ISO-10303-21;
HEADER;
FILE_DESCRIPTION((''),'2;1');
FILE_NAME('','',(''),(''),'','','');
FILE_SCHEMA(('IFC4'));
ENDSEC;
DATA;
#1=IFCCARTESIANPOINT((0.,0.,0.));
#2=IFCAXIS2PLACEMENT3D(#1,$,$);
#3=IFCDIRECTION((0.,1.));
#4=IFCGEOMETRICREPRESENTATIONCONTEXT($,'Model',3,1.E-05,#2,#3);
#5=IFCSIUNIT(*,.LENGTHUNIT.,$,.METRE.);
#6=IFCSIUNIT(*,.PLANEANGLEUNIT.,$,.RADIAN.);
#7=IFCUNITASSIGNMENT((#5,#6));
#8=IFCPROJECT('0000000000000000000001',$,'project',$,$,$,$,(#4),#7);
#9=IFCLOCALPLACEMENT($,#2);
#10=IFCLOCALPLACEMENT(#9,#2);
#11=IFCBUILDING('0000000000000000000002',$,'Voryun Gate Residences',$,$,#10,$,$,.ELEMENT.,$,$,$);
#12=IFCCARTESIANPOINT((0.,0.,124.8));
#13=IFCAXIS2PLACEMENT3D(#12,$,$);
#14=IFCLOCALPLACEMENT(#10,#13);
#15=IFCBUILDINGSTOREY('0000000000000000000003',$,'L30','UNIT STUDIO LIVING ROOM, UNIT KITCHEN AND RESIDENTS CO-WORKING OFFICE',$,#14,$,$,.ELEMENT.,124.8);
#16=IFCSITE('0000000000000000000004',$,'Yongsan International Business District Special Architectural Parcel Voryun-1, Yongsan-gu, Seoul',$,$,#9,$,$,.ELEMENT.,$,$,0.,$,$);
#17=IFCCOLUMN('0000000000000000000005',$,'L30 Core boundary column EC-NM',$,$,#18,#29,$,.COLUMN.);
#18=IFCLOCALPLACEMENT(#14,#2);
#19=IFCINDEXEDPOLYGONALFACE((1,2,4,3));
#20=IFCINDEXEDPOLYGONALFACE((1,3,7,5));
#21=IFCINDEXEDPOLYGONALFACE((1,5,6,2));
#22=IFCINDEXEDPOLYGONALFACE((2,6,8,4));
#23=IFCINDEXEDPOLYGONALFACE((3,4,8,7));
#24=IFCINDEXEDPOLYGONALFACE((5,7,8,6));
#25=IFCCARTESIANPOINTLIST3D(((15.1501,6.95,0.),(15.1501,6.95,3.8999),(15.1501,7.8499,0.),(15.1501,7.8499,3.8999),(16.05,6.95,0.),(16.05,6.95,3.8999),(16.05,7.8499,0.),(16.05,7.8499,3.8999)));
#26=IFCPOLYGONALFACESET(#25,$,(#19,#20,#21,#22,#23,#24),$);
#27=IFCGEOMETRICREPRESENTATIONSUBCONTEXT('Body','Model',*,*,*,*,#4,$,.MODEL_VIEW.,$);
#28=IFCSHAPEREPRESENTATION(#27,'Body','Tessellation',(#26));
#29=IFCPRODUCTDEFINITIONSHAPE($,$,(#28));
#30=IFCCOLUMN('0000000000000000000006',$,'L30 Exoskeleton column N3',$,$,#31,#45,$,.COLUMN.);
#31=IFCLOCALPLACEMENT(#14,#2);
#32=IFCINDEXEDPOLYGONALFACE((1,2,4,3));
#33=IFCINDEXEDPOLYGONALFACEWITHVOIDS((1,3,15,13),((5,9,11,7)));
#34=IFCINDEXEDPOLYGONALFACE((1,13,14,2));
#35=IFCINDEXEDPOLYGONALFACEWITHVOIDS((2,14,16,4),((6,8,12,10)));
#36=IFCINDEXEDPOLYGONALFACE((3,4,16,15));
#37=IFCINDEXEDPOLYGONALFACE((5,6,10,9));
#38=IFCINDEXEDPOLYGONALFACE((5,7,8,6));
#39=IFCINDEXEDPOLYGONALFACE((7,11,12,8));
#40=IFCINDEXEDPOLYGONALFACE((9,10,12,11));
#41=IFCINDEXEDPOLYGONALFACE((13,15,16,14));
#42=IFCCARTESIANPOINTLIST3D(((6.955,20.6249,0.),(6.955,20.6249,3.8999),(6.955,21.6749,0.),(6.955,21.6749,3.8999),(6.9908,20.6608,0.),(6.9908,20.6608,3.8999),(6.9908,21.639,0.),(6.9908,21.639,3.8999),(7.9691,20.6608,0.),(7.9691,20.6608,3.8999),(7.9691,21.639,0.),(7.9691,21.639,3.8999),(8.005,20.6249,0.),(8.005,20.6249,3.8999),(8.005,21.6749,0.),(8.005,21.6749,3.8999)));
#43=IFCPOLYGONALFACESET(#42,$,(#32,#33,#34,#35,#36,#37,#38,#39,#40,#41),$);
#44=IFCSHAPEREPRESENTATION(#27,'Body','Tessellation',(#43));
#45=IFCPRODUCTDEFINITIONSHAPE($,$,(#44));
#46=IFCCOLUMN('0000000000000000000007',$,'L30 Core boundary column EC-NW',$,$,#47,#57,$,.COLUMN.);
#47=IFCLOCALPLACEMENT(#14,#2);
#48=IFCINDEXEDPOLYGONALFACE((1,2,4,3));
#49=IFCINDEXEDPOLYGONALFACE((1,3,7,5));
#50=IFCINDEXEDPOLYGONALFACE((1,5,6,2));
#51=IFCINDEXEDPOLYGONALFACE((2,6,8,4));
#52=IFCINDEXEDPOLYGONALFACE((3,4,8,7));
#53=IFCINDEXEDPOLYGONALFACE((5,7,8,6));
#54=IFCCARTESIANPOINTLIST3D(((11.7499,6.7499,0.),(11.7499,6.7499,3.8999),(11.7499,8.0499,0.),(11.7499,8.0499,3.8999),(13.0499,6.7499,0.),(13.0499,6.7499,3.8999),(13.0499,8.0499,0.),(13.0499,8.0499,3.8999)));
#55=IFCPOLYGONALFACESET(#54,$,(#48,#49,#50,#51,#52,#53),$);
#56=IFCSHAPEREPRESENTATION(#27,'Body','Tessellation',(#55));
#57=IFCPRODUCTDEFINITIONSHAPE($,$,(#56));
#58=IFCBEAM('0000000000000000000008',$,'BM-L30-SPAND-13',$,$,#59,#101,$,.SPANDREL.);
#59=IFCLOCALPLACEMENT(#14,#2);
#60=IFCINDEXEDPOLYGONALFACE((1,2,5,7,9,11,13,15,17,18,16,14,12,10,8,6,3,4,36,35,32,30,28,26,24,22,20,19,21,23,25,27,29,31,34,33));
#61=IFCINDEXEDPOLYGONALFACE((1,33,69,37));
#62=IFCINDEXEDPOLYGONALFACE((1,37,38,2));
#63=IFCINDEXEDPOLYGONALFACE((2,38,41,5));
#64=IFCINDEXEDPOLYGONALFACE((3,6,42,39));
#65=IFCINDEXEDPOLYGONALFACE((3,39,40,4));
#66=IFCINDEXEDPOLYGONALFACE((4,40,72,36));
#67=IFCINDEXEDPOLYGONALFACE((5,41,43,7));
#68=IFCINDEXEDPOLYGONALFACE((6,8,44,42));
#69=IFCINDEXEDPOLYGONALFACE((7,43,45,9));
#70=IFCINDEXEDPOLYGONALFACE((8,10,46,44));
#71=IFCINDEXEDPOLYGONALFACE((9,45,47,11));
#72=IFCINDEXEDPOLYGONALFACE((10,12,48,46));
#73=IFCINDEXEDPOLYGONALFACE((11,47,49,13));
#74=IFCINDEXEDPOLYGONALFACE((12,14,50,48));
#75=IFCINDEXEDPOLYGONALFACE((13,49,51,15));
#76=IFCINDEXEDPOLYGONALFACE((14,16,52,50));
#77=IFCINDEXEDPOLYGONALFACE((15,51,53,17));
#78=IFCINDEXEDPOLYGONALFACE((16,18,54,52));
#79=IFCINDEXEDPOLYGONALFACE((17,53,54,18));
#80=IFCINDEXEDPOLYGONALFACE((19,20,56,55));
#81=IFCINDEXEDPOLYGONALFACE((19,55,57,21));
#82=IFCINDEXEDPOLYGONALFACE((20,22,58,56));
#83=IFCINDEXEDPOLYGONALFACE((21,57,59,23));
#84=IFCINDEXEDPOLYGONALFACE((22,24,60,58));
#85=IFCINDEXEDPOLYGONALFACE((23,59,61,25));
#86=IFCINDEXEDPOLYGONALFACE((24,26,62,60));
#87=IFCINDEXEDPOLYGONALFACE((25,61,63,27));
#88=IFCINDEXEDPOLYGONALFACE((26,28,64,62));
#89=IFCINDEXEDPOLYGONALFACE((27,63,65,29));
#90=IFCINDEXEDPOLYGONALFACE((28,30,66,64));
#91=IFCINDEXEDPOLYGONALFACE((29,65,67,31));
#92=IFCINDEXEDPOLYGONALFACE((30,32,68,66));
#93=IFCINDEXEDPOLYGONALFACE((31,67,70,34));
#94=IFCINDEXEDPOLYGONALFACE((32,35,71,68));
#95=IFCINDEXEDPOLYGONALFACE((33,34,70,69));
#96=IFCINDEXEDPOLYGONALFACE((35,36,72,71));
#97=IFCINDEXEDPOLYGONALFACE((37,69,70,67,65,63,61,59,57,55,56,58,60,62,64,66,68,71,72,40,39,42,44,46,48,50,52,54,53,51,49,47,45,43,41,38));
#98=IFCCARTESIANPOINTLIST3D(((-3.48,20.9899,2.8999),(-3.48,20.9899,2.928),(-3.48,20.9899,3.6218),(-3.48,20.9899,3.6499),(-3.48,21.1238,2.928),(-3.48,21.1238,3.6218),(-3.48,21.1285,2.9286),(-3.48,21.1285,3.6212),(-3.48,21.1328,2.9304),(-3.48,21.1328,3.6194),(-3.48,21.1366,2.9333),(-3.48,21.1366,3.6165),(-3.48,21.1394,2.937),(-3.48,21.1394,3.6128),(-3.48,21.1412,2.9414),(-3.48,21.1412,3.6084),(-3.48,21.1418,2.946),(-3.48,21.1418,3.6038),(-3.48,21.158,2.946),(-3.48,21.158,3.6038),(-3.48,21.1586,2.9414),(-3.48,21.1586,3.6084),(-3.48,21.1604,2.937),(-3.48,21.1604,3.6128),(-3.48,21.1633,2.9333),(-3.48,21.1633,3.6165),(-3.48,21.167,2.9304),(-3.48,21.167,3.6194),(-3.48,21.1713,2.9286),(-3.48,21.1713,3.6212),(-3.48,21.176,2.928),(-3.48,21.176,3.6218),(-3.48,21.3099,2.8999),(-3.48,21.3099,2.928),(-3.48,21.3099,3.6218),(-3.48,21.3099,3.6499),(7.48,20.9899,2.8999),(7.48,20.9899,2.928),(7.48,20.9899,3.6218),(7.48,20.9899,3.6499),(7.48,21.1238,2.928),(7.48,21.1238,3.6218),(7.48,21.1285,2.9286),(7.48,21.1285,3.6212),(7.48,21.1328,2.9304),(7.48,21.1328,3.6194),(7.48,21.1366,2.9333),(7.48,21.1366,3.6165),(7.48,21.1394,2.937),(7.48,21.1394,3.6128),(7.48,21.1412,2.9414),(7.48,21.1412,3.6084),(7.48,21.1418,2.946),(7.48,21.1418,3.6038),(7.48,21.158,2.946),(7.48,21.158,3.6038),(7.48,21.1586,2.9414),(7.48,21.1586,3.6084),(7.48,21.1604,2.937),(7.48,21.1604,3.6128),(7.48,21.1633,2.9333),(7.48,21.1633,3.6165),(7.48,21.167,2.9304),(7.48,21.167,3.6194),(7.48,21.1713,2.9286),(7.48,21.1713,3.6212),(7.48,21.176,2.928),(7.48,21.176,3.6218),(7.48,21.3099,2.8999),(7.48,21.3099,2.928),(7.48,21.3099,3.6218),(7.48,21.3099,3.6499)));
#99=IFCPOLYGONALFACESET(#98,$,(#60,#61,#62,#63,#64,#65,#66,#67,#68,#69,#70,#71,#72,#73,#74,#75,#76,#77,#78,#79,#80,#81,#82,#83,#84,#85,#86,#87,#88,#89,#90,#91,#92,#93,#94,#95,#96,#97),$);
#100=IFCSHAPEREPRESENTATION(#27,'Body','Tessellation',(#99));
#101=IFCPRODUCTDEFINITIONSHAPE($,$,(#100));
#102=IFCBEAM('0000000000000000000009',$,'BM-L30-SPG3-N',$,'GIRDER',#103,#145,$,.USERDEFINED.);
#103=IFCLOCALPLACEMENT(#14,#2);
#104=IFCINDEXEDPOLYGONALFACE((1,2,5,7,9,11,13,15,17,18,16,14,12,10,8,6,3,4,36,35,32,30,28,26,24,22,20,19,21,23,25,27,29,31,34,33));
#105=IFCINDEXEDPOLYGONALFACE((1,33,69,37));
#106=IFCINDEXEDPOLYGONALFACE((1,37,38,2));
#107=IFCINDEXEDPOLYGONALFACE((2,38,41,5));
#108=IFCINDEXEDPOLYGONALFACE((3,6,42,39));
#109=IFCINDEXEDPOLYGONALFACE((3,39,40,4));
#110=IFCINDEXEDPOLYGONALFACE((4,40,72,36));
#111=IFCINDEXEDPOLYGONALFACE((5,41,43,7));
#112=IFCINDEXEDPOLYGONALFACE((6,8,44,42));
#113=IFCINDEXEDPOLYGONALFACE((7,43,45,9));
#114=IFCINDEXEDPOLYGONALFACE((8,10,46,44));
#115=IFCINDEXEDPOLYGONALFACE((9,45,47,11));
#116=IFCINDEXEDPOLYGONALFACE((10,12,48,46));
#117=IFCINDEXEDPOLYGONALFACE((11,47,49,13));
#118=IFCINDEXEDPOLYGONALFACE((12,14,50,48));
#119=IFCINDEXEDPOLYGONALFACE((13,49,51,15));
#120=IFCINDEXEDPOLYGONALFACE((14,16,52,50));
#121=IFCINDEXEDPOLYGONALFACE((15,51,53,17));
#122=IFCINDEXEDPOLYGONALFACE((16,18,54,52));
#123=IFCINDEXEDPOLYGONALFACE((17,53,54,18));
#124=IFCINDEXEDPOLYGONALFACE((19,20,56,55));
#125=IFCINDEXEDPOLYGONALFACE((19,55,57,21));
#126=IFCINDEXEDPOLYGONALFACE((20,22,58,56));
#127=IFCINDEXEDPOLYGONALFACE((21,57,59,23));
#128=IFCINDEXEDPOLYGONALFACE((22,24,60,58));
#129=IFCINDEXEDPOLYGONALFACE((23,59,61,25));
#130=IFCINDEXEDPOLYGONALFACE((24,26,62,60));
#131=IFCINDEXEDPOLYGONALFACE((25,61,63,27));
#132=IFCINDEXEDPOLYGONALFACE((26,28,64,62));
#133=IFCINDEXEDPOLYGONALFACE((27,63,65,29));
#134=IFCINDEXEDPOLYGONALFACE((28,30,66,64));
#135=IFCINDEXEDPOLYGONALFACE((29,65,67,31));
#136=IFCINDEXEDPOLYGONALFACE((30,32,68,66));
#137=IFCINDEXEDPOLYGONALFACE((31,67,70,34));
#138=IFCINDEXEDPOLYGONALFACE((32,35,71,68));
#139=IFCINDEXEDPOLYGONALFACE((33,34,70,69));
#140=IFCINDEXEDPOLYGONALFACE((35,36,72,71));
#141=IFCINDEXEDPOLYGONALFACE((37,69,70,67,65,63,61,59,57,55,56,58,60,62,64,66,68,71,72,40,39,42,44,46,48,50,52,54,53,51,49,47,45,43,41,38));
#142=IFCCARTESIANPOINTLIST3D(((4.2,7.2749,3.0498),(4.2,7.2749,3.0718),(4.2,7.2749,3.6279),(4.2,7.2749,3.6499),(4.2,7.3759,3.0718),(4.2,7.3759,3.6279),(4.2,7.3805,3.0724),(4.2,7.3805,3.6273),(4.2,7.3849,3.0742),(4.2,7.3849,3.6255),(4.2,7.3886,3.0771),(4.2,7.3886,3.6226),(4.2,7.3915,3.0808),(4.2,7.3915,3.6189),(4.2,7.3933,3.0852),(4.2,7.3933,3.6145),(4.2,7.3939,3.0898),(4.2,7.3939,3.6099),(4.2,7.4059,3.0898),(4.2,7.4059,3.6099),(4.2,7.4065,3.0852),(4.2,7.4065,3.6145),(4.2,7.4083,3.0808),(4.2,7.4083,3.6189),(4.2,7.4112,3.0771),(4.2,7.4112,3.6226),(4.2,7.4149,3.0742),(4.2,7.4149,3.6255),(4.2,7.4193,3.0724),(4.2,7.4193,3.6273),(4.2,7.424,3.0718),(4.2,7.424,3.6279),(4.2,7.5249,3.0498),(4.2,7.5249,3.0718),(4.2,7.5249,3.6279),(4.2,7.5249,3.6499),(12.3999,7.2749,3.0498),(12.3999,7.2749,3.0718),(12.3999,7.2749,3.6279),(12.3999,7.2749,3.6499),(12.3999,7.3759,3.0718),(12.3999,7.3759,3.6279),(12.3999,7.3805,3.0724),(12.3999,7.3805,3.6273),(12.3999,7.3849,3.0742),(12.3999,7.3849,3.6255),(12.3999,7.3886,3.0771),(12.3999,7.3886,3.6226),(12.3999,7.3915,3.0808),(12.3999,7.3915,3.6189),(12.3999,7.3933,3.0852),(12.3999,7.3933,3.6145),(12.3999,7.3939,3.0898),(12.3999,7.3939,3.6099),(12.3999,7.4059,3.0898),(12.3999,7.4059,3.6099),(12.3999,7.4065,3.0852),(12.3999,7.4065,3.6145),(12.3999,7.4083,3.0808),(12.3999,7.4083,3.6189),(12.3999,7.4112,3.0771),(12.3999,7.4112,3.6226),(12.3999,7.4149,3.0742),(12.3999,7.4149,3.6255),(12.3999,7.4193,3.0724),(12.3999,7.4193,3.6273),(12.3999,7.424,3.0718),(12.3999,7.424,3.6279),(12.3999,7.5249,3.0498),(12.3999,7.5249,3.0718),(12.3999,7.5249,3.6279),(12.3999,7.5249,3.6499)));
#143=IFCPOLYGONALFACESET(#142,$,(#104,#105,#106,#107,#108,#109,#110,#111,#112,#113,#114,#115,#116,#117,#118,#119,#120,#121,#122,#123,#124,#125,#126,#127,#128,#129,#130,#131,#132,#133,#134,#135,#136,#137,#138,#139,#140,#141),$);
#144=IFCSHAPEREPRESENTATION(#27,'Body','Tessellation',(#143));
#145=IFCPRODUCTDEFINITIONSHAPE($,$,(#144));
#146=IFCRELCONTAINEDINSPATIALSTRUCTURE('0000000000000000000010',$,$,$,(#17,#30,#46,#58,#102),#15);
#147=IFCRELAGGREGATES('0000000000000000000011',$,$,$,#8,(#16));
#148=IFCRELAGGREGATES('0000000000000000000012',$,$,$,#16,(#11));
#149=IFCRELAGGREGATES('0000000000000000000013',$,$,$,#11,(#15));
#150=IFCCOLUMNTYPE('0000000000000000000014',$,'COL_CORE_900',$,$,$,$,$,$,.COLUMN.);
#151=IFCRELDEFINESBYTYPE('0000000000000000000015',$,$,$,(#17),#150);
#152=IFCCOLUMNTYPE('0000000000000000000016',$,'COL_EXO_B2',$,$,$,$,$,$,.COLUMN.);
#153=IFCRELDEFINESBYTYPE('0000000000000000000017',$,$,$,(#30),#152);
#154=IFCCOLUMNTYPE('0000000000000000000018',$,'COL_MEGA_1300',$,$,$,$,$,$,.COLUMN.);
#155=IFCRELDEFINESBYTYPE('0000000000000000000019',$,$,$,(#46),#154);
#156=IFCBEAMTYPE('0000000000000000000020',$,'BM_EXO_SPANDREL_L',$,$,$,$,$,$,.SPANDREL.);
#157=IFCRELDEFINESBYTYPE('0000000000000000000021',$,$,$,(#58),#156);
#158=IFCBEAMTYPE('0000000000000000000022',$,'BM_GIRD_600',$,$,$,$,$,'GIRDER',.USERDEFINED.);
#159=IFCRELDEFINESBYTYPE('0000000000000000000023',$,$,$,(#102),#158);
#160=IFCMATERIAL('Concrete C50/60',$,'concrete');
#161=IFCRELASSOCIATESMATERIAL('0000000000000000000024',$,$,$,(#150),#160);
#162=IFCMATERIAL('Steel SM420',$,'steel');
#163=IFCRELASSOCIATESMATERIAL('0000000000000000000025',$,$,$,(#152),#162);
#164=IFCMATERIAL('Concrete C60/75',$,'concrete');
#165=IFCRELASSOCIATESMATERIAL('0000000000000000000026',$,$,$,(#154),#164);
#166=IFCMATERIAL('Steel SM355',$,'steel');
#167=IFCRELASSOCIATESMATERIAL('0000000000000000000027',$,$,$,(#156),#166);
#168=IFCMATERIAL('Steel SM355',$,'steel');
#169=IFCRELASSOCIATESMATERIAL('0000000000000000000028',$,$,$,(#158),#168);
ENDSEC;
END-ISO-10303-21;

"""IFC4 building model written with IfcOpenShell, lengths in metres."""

from ifc_helpers import new_model, si_unit, direction, frame, origin, origin_2d, place, context, subcontext, project, spatial, rectangle, hollow_rectangle, i_section, extrude, material, material_profile, profile_set, type_object, element, save


model = new_model("IFC4")

# Units and contexts
model_context = context("Model", 3, precision=1e-05, world=origin(), true_north=direction((0.0, 1.0)))
body_context = subcontext(model_context, "Body", "Model", "MODEL_VIEW")
ifc_project = project(units=[si_unit("LENGTHUNIT", "METRE"), si_unit("PLANEANGLEUNIT", "RADIAN")], contexts=[model_context])

# Site, building, storey
site_placement = place(None, origin())
site = spatial("IfcSite", under=ifc_project, at=site_placement, Name="Yongsan International Business District Special Architectural Parcel Voryun-1, Yongsan-gu, Seoul", CompositionType="ELEMENT", RefElevation=0.0)
building_placement = place(site_placement, origin())
building = spatial("IfcBuilding", under=site, at=building_placement, Name="Voryun Gate Residences", CompositionType="ELEMENT")
storey_placement = place(building_placement, frame((0.0, 0.0, 124.8)))
storey = spatial("IfcBuildingStorey", under=building, at=storey_placement, Name="L30", Description="UNIT STUDIO LIVING ROOM, UNIT KITCHEN AND RESIDENTS CO-WORKING OFFICE", CompositionType="ELEMENT", Elevation=124.8)

# Columns
ifc_material_1 = material(Name="Concrete C50/60", Category="concrete")
ifc_material_profile_1 = material_profile(ifc_material_1, rectangle(XDim=0.8999, YDim=0.8999, at=origin_2d()), Name="RC-900x900")
ifc_profile_set_1 = profile_set([ifc_material_profile_1], Name="Concrete C50/60")
column_type_1 = type_object("IfcColumnType", Name="COL_CORE_900", PredefinedType="COLUMN", material=ifc_profile_set_1)
column_1_placement = place(storey_placement, frame((15.6001, 7.3999, 0.0), z_axis=(0.0, 0.0, 1.0), x_axis=(1.0, 0.0, 0.0)))
element("IfcColumn", 1, at=column_1_placement, inside=storey, type_object=column_type_1, Name="L30 Core boundary column EC-NM", PredefinedType="COLUMN", context=body_context, shape_type="SweptSolid", body=[
    extrude(rectangle(XDim=0.8999, YDim=0.8999, at=origin_2d()), origin(), (0.0, 0.0, 1.0), 3.8999),
])
ifc_material_2 = material(Name="Steel SM420", Category="steel")
ifc_material_profile_2 = material_profile(ifc_material_2, hollow_rectangle(XDim=1.05, YDim=1.05, WallThickness=0.0359, at=origin_2d()), Name="BOX-1050x1050x36")
ifc_profile_set_2 = profile_set([ifc_material_profile_2], Name="Steel SM420")
column_type_2 = type_object("IfcColumnType", Name="COL_EXO_B2", PredefinedType="COLUMN", material=ifc_profile_set_2)
column_2_placement = place(storey_placement, frame((7.48, 21.1499, 0.0), z_axis=(0.0, 0.0, 1.0), x_axis=(1.0, 0.0, 0.0)))
element("IfcColumn", 2, at=column_2_placement, inside=storey, type_object=column_type_2, Name="L30 Exoskeleton column N3", PredefinedType="COLUMN", context=body_context, shape_type="SweptSolid", body=[
    extrude(hollow_rectangle(XDim=1.05, YDim=1.05, WallThickness=0.0359, at=origin_2d()), origin(), (0.0, 0.0, 1.0), 3.8999),
])
ifc_material_3 = material(Name="Concrete C60/75", Category="concrete")
ifc_material_profile_3 = material_profile(ifc_material_3, rectangle(XDim=1.3, YDim=1.3, at=origin_2d()), Name="RC-1300x1300")
ifc_profile_set_3 = profile_set([ifc_material_profile_3], Name="Concrete C60/75")
column_type_3 = type_object("IfcColumnType", Name="COL_MEGA_1300", PredefinedType="COLUMN", material=ifc_profile_set_3)
column_3_placement = place(storey_placement, frame((12.3999, 7.3999, 0.0), z_axis=(0.0, 0.0, 1.0), x_axis=(1.0, 0.0, 0.0)))
element("IfcColumn", 3, at=column_3_placement, inside=storey, type_object=column_type_3, Name="L30 Core boundary column EC-NW", PredefinedType="COLUMN", context=body_context, shape_type="SweptSolid", body=[
    extrude(rectangle(XDim=1.3, YDim=1.3, at=origin_2d()), origin(), (0.0, 0.0, 1.0), 3.8999),
])

# Beams
ifc_material_4 = material(Name="Steel SM355", Category="steel")
ifc_material_profile_4 = material_profile(ifc_material_4, i_section(OverallWidth=0.3201, OverallDepth=0.75, WebThickness=0.0161, FlangeThickness=0.0281, FilletRadius=0.0181, at=origin_2d()), Name="H-750x320x16x28")
ifc_profile_set_4 = profile_set([ifc_material_profile_4], Name="Steel SM355")
beam_type_1 = type_object("IfcBeamType", Name="BM_EXO_SPANDREL_L", PredefinedType="SPANDREL", material=ifc_profile_set_4)
beam_1_placement = place(storey_placement, frame((7.48, 21.1499, 3.2749), z_axis=(-1.0, 0.0, 0.0), x_axis=(0.0, -1.0, 0.0)))
element("IfcBeam", 4, at=beam_1_placement, inside=storey, type_object=beam_type_1, Name="BM-L30-SPAND-13", PredefinedType="SPANDREL", context=body_context, shape_type="SweptSolid", body=[
    extrude(i_section(OverallWidth=0.3201, OverallDepth=0.75, WebThickness=0.0161, FlangeThickness=0.0281, FilletRadius=0.0181, at=origin_2d()), origin(), (0.0, 0.0, 1.0), 10.96),
])
ifc_material_5 = material(Name="Steel SM355", Category="steel")
ifc_material_profile_5 = material_profile(ifc_material_5, i_section(OverallWidth=0.25, OverallDepth=0.6001, WebThickness=0.012, FlangeThickness=0.022, FilletRadius=0.0181, at=origin_2d()), Name="H-600x250x12x22")
ifc_profile_set_5 = profile_set([ifc_material_profile_5], Name="Steel SM355")
beam_type_2 = type_object("IfcBeamType", Name="BM_GIRD_600", ElementType="GIRDER", PredefinedType="USERDEFINED", material=ifc_profile_set_5)
beam_2_placement = place(storey_placement, frame((4.2, 7.3999, 3.3499), z_axis=(1.0, 0.0, 0.0), x_axis=(0.0, 1.0, 0.0)))
element("IfcBeam", 5, at=beam_2_placement, inside=storey, type_object=beam_type_2, Name="BM-L30-SPG3-N", ObjectType="GIRDER", PredefinedType="USERDEFINED", context=body_context, shape_type="SweptSolid", body=[
    extrude(i_section(OverallWidth=0.25, OverallDepth=0.6001, WebThickness=0.012, FlangeThickness=0.022, FilletRadius=0.0181, at=origin_2d()), origin(), (0.0, 0.0, 1.0), 8.2),
])

save(model, "model.ifc")
